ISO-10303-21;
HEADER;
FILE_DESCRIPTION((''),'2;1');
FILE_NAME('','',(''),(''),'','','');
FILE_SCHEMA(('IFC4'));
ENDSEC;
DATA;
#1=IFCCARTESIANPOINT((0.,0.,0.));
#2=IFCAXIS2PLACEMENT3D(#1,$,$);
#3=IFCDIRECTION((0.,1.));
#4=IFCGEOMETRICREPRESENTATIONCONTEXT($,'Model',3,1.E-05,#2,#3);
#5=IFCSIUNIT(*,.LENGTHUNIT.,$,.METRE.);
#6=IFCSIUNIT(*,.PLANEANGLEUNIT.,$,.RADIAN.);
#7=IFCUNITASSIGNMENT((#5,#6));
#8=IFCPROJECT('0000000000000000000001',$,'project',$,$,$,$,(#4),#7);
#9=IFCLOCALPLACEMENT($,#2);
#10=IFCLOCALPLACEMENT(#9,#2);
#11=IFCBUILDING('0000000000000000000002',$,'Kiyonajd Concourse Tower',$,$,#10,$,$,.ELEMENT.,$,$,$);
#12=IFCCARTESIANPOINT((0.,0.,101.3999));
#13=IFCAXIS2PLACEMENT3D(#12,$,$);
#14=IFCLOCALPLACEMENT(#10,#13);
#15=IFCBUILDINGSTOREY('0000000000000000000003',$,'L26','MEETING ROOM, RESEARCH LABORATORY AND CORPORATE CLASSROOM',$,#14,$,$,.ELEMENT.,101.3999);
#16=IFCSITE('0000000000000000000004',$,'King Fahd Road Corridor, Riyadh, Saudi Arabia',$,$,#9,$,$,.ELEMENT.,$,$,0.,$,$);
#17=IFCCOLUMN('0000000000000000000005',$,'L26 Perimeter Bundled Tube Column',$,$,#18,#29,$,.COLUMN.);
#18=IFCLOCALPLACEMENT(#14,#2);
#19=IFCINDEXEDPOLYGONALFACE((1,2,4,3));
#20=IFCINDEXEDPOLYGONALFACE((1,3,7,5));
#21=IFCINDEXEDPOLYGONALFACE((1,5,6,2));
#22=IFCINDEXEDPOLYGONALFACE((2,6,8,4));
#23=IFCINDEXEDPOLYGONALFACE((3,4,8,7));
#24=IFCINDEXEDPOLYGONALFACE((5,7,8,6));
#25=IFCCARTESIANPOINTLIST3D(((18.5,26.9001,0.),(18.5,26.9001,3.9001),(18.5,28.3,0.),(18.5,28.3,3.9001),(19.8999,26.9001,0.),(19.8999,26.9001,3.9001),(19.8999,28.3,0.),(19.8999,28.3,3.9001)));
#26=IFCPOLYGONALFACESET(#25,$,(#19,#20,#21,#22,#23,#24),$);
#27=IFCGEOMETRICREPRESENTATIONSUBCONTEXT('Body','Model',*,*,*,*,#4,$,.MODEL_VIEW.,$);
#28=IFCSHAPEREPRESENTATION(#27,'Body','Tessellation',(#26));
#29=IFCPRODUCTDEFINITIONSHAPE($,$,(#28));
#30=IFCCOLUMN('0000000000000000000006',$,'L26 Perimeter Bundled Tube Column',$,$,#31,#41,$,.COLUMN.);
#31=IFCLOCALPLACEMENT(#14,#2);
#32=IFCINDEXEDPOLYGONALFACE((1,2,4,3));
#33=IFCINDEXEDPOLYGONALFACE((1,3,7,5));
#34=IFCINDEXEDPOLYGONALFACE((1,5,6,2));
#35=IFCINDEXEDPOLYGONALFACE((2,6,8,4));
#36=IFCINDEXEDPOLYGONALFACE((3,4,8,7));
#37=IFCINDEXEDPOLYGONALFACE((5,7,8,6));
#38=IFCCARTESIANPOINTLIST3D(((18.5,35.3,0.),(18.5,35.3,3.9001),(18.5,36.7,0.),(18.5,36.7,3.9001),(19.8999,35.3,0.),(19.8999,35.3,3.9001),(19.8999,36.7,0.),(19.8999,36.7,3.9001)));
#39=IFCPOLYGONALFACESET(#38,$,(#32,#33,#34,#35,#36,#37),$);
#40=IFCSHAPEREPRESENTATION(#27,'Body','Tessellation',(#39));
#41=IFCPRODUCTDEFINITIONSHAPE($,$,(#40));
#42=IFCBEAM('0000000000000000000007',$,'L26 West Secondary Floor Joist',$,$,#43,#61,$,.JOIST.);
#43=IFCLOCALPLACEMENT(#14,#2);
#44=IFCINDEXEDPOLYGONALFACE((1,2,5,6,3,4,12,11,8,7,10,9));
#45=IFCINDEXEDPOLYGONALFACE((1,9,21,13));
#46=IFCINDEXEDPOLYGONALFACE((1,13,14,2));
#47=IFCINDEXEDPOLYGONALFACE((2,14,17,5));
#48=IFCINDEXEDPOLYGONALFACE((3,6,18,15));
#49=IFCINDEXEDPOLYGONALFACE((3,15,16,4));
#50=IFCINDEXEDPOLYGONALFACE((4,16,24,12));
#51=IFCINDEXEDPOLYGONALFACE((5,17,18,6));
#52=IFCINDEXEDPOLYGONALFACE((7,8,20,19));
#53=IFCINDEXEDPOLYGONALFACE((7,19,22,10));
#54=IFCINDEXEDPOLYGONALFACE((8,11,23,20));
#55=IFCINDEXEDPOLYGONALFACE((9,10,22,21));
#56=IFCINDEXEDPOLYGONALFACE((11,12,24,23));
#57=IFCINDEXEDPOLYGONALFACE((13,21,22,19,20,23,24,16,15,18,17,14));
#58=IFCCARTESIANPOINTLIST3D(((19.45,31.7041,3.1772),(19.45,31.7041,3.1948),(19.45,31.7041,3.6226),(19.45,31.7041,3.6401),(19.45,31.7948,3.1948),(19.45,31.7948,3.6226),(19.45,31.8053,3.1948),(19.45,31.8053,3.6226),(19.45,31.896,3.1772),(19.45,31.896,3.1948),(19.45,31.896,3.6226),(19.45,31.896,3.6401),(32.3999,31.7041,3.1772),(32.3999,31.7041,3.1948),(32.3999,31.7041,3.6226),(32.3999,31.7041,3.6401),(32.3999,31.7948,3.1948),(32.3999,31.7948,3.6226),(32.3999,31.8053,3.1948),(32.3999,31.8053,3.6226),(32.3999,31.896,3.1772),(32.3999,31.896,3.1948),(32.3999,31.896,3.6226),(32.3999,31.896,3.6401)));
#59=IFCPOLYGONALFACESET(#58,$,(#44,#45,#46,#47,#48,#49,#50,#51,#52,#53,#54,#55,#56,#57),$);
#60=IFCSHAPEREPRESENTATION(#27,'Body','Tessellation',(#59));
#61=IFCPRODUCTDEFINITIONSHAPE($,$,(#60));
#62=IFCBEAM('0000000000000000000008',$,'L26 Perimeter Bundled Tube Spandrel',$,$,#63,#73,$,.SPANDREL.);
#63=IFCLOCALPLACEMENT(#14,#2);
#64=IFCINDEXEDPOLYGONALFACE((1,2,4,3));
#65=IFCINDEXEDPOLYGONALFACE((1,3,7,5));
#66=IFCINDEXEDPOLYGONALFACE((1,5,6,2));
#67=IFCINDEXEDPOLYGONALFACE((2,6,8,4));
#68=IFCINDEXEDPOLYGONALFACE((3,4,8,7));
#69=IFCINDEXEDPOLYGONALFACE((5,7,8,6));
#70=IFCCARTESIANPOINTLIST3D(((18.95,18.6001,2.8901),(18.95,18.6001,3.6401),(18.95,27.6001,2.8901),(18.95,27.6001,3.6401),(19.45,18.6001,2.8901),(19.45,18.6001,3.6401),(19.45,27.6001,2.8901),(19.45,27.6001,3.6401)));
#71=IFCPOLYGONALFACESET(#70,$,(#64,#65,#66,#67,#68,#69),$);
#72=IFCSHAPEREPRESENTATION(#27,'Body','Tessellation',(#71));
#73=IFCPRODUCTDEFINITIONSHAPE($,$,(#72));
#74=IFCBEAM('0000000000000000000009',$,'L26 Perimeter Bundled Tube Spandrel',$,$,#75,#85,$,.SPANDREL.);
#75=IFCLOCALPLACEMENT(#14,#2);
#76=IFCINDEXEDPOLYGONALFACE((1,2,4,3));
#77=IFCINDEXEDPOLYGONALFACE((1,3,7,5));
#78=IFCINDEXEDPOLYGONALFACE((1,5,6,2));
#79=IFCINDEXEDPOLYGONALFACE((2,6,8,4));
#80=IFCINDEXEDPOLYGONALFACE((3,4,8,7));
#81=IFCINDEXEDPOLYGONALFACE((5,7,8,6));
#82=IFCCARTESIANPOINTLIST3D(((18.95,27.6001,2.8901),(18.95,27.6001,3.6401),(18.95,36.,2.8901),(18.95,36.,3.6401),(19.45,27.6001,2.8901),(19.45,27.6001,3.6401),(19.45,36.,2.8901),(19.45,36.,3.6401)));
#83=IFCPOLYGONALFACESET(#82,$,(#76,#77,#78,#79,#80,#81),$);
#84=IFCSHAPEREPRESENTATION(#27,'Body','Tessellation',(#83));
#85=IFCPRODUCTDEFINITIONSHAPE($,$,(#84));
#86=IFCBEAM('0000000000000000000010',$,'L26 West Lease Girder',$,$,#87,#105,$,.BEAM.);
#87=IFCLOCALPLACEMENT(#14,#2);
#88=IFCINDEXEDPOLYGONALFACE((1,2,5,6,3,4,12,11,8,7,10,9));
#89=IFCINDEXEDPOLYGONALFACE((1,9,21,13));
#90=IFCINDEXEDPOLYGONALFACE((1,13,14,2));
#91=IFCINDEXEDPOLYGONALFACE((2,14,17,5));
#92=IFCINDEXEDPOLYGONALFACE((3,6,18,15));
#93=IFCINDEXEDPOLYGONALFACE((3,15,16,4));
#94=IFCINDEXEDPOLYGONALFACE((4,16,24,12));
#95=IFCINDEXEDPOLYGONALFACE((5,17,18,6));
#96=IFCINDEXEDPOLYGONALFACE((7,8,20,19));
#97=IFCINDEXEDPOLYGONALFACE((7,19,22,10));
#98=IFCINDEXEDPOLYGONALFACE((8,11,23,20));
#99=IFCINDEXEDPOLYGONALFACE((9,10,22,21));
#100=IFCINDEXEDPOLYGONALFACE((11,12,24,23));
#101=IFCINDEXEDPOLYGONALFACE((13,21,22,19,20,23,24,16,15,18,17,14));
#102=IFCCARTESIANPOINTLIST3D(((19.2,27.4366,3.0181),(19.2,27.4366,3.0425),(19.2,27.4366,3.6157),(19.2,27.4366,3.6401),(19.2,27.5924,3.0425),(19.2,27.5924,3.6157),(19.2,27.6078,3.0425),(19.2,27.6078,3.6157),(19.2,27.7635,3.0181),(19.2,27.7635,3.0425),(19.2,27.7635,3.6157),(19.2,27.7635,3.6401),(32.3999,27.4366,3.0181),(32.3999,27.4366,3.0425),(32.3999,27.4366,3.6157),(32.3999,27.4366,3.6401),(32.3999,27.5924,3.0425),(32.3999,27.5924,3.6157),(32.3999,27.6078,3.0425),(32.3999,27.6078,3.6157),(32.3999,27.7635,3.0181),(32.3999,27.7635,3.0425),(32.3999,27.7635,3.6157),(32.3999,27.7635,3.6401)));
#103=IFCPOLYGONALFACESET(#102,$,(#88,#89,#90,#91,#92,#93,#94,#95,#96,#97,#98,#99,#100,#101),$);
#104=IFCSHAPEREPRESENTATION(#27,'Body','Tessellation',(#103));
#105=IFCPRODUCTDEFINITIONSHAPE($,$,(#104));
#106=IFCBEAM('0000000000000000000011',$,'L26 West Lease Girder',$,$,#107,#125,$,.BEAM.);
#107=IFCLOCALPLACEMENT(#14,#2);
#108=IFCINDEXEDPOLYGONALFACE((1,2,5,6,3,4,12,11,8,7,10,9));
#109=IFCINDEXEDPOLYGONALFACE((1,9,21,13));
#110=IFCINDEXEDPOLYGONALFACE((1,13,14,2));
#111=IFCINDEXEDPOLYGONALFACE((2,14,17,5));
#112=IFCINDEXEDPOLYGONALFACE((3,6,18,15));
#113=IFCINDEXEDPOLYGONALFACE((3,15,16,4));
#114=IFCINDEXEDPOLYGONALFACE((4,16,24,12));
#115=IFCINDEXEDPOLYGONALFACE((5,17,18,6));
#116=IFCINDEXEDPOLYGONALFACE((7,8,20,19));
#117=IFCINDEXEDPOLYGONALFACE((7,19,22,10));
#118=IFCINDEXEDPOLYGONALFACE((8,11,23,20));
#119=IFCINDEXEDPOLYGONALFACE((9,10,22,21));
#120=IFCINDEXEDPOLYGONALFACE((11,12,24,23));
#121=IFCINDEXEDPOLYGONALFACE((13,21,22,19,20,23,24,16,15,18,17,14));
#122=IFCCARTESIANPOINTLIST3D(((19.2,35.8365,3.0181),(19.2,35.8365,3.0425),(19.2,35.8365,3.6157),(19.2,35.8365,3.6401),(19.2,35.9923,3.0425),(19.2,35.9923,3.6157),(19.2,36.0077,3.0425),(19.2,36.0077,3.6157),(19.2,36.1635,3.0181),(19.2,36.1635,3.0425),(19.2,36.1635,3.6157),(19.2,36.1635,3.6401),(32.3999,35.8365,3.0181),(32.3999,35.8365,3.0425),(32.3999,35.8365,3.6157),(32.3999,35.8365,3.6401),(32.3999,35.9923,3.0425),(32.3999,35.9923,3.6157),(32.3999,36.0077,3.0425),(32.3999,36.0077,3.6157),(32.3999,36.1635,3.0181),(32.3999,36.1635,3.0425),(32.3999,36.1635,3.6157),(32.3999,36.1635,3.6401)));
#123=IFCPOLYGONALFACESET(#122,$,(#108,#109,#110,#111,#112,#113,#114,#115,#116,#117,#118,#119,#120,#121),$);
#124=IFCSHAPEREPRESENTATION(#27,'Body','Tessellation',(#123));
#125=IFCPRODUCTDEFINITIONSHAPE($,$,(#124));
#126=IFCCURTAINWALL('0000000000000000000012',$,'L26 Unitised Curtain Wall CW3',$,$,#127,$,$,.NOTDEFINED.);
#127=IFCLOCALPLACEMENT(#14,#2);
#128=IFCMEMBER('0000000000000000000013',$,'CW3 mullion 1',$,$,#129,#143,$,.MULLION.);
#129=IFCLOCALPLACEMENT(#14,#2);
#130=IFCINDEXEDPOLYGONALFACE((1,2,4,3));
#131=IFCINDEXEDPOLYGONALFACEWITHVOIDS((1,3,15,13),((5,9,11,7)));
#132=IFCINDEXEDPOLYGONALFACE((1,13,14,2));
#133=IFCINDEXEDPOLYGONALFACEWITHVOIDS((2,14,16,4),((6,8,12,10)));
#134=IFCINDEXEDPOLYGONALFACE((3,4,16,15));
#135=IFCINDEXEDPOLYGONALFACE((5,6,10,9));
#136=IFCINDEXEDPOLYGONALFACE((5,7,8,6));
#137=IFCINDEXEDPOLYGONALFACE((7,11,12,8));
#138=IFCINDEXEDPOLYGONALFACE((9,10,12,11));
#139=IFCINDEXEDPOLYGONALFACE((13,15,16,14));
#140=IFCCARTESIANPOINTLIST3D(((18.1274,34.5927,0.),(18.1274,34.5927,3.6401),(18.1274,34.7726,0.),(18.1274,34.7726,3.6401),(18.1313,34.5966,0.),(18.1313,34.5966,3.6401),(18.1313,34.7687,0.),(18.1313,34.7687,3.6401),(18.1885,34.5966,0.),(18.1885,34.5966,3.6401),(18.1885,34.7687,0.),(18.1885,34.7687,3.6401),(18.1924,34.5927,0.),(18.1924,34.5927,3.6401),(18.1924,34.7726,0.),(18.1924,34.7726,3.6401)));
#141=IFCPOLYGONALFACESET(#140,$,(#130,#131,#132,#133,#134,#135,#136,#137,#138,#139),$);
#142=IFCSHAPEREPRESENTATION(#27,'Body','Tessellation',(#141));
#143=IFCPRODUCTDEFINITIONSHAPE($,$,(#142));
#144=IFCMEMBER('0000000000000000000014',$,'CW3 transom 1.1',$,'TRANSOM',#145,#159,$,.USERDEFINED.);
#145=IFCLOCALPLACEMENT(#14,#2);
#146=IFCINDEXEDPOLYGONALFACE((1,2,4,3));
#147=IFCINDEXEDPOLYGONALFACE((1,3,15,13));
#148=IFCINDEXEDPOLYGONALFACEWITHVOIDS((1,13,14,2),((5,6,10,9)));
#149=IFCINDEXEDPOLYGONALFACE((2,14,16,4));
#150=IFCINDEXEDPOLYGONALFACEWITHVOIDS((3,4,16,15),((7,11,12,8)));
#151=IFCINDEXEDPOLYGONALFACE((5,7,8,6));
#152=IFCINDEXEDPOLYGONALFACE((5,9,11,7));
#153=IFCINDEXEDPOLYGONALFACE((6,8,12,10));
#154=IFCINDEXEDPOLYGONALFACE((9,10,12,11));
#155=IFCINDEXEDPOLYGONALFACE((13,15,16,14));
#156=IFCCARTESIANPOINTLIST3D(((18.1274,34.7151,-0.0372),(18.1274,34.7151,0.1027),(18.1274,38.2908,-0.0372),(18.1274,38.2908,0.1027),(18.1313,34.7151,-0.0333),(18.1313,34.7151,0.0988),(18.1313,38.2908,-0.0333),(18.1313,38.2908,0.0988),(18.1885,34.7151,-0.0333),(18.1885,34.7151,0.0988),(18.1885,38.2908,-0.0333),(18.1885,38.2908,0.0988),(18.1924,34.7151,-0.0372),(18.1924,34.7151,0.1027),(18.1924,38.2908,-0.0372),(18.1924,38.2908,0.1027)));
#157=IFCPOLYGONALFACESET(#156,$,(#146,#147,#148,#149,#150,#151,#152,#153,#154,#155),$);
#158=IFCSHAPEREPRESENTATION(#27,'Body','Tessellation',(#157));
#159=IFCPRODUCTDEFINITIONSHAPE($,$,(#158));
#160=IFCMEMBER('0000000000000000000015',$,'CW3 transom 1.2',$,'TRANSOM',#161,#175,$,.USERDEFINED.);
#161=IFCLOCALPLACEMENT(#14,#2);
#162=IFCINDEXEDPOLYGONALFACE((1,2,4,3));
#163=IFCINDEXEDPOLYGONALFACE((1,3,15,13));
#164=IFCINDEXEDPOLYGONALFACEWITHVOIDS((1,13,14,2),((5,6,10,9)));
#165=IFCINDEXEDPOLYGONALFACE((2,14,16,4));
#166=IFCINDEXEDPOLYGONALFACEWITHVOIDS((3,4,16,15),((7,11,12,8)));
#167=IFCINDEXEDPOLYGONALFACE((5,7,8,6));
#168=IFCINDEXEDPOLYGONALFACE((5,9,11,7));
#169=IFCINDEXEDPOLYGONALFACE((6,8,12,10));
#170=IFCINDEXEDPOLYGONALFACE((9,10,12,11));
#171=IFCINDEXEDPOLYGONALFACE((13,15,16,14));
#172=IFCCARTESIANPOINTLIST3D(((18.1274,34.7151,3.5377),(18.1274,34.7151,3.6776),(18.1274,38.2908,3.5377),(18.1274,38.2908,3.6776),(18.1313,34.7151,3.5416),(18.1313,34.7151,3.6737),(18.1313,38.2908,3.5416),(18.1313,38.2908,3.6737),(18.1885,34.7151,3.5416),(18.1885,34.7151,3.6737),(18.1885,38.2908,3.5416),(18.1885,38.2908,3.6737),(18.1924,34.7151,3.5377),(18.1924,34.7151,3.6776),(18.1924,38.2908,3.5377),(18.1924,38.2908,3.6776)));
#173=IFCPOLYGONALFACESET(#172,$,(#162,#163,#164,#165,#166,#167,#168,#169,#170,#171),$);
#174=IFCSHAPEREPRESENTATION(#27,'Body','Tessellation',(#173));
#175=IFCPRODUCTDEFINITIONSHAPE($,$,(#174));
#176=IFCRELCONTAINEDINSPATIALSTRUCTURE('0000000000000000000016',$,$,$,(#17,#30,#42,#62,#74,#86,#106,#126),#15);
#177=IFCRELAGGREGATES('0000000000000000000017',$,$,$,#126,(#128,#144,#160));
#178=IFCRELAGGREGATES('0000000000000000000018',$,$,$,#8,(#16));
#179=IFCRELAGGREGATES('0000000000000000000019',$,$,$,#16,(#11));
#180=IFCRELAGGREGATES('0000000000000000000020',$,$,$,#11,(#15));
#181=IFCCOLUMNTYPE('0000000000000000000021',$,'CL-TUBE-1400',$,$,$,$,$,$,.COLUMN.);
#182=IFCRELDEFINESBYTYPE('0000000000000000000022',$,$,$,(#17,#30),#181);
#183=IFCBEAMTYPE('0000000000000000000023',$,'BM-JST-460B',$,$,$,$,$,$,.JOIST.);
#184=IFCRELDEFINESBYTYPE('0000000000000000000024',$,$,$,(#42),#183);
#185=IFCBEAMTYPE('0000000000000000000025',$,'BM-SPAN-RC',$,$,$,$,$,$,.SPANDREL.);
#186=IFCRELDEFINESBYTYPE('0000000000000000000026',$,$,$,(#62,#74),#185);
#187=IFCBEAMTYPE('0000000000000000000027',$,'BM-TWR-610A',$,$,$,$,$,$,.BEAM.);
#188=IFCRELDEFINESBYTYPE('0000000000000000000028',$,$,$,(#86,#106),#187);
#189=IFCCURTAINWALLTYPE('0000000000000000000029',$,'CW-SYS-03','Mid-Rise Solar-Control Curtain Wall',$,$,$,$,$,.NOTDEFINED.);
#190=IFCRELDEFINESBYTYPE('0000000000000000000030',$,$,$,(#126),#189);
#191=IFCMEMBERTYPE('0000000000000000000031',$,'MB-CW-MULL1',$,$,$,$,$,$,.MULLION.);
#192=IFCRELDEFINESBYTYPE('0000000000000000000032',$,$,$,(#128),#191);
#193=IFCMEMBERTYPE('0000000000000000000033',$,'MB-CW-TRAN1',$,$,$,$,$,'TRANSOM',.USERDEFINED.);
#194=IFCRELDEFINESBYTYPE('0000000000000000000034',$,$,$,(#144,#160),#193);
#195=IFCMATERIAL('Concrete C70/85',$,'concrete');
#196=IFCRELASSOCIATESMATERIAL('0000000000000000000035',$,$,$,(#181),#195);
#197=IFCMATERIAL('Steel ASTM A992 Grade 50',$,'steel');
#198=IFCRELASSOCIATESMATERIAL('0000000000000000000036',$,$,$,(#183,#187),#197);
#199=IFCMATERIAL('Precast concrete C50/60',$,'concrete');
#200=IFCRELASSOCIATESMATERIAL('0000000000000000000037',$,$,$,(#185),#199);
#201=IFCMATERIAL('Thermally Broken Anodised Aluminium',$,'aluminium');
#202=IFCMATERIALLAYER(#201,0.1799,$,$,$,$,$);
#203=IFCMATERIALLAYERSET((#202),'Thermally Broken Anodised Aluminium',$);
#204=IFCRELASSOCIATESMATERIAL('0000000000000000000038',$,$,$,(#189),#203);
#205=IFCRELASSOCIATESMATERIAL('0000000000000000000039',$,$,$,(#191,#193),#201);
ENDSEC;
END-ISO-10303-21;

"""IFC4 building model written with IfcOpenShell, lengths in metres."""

from ifc_helpers import new_model, si_unit, direction, frame, origin, origin_2d, place, context, subcontext, project, spatial, rectangle, hollow_rectangle, i_section, extrude, material, layer, layer_set, material_profile, profile_set, type_object, element, aggregate, save


model = new_model("IFC4")

# Units and contexts
model_context = context("Model", 3, precision=1e-05, world=origin(), true_north=direction((0.0, 1.0)))
body_context = subcontext(model_context, "Body", "Model", "MODEL_VIEW")
ifc_project = project(units=[si_unit("LENGTHUNIT", "METRE"), si_unit("PLANEANGLEUNIT", "RADIAN")], contexts=[model_context])

# Site, building, storey
site_placement = place(None, origin())
site = spatial("IfcSite", under=ifc_project, at=site_placement, Name="King Fahd Road Corridor, Riyadh, Saudi Arabia", CompositionType="ELEMENT", RefElevation=0.0)
building_placement = place(site_placement, origin())
building = spatial("IfcBuilding", under=site, at=building_placement, Name="Kiyonajd Concourse Tower", CompositionType="ELEMENT")
storey_placement = place(building_placement, frame((0.0, 0.0, 101.3999)))
storey = spatial("IfcBuildingStorey", under=building, at=storey_placement, Name="L26", Description="MEETING ROOM, RESEARCH LABORATORY AND CORPORATE CLASSROOM", CompositionType="ELEMENT", Elevation=101.3999)

# Columns
ifc_material_1 = material(Name="Concrete C70/85", Category="concrete")
ifc_material_profile_1 = material_profile(ifc_material_1, rectangle(XDim=1.3999, YDim=1.3999, at=origin_2d()), Name="RC-1400x1400")
ifc_profile_set_1 = profile_set([ifc_material_profile_1], Name="Concrete C70/85")
column_type = type_object("IfcColumnType", Name="CL-TUBE-1400", PredefinedType="COLUMN", material=ifc_profile_set_1)
for number, where, z_axis, x_axis, name in (
    (1, (19.2, 27.6001, 0.0), (0.0, 0.0, 1.0), (1.0, 0.0, 0.0), "L26 Perimeter Bundled Tube Column"),
    (2, (19.2, 36.0, 0.0), (0.0, 0.0, 1.0), (1.0, 0.0, 0.0), "L26 Perimeter Bundled Tube Column"),
):
    element("IfcColumn", number, at=place(storey_placement, frame(where, z_axis=z_axis, x_axis=x_axis)), inside=storey, type_object=column_type, Name=name, PredefinedType="COLUMN", context=body_context, shape_type="SweptSolid", body=[
        extrude(rectangle(XDim=1.3999, YDim=1.3999, at=origin_2d()), origin(), (0.0, 0.0, 1.0), 3.9001),
    ])

# Beams
ifc_material_2 = material(Name="Steel ASTM A992 Grade 50", Category="steel")
ifc_material_profile_2 = material_profile(ifc_material_2, i_section(OverallWidth=0.1919, OverallDepth=0.4629, WebThickness=0.0105, FlangeThickness=0.0176, at=origin_2d()), Name="W460X89")
ifc_profile_set_2 = profile_set([ifc_material_profile_2], Name="Steel ASTM A992 Grade 50")
beam_type_1 = type_object("IfcBeamType", Name="BM-JST-460B", PredefinedType="JOIST", material=ifc_profile_set_2)
beam_1_placement = place(storey_placement, frame((19.45, 31.8, 3.4087), z_axis=(1.0, 0.0, 0.0), x_axis=(0.0, 1.0, 0.0)))
element("IfcBeam", 3, at=beam_1_placement, inside=storey, type_object=beam_type_1, Name="L26 West Secondary Floor Joist", PredefinedType="JOIST", context=body_context, shape_type="SweptSolid", body=[
    extrude(i_section(OverallWidth=0.1919, OverallDepth=0.4629, WebThickness=0.0105, FlangeThickness=0.0176, at=origin_2d()), origin(), (0.0, 0.0, 1.0), 12.95),
])
ifc_material_3 = material(Name="Precast concrete C50/60", Category="concrete")
ifc_material_profile_3 = material_profile(ifc_material_3, rectangle(XDim=0.5, YDim=0.75, at=origin_2d()), Name="RCBM-500x750")
ifc_profile_set_3 = profile_set([ifc_material_profile_3], Name="Precast concrete C50/60")
beam_type_2 = type_object("IfcBeamType", Name="BM-SPAN-RC", PredefinedType="SPANDREL", material=ifc_profile_set_3)
beam_2_placement = place(storey_placement, frame((19.2, 27.6001, 3.2651), z_axis=(0.0, -1.0, 0.0), x_axis=(1.0, 0.0, 0.0)))
element("IfcBeam", 4, at=beam_2_placement, inside=storey, type_object=beam_type_2, Name="L26 Perimeter Bundled Tube Spandrel", PredefinedType="SPANDREL", context=body_context, shape_type="SweptSolid", body=[
    extrude(rectangle(XDim=0.5, YDim=0.75, at=origin_2d()), origin(), (0.0, 0.0, 1.0), 9.0),
])
beam_3_placement = place(storey_placement, frame((19.2, 36.0, 3.2651), z_axis=(0.0, -1.0, 0.0), x_axis=(1.0, 0.0, 0.0)))
element("IfcBeam", 5, at=beam_3_placement, inside=storey, type_object=beam_type_2, Name="L26 Perimeter Bundled Tube Spandrel", PredefinedType="SPANDREL", context=body_context, shape_type="SweptSolid", body=[
    extrude(rectangle(XDim=0.5, YDim=0.75, at=origin_2d()), origin(), (0.0, 0.0, 1.0), 8.3999),
])
ifc_material_profile_4 = material_profile(ifc_material_2, i_section(OverallWidth=0.3269, OverallDepth=0.6221, WebThickness=0.0154, FlangeThickness=0.0244, at=origin_2d()), Name="W610X195")
ifc_profile_set_4 = profile_set([ifc_material_profile_4], Name="Steel ASTM A992 Grade 50")
beam_type_3 = type_object("IfcBeamType", Name="BM-TWR-610A", PredefinedType="BEAM", material=ifc_profile_set_4)
for number, where, z_axis, x_axis, name in (
    (6, (19.2, 27.6001, 3.3291), (1.0, 0.0, 0.0), (0.0, 1.0, 0.0), "L26 West Lease Girder"),
    (7, (19.2, 36.0, 3.3291), (1.0, 0.0, 0.0), (0.0, 1.0, 0.0), "L26 West Lease Girder"),
):
    element("IfcBeam", number, at=place(storey_placement, frame(where, z_axis=z_axis, x_axis=x_axis)), inside=storey, type_object=beam_type_3, Name=name, PredefinedType="BEAM", context=body_context, shape_type="SweptSolid", body=[
        extrude(i_section(OverallWidth=0.3269, OverallDepth=0.6221, WebThickness=0.0154, FlangeThickness=0.0244, at=origin_2d()), origin(), (0.0, 0.0, 1.0), 13.2),
    ])

# Curtain wall, members
ifc_material_4 = material(Name="Thermally Broken Anodised Aluminium", Category="aluminium")
ifc_layer_1 = layer(ifc_material_4, 0.1799)
ifc_layer_set_1 = layer_set([ifc_layer_1], Name="Thermally Broken Anodised Aluminium")
curtain_wall_type = type_object("IfcCurtainWallType", Name="CW-SYS-03", Description="Mid-Rise Solar-Control Curtain Wall", PredefinedType="NOTDEFINED", material=ifc_layer_set_1)
curtain_wall_placement = place(storey_placement, origin())
curtain_wall = element("IfcCurtainWall", 8, at=curtain_wall_placement, inside=storey, type_object=curtain_wall_type, Name="L26 Unitised Curtain Wall CW3", PredefinedType="NOTDEFINED")
ifc_material_profile_5 = material_profile(ifc_material_4, hollow_rectangle(XDim=0.0649, YDim=0.1799, WallThickness=0.0039, at=origin_2d()), Name="MULL-65x180")
ifc_profile_set_5 = profile_set([ifc_material_profile_5], Name="Thermally Broken Anodised Aluminium")
member_type_1 = type_object("IfcMemberType", Name="MB-CW-MULL1", PredefinedType="MULLION", material=ifc_profile_set_5)
member_1_placement = place(storey_placement, frame((18.1599, 34.6826, 0.0), z_axis=(0.0, 0.0, 1.0), x_axis=(-1.0, 0.0, 0.0)))
member_1 = element("IfcMember", 9, at=member_1_placement, type_object=member_type_1, Name="CW3 mullion 1", PredefinedType="MULLION", context=body_context, shape_type="SweptSolid", body=[
    extrude(hollow_rectangle(XDim=0.0649, YDim=0.1799, WallThickness=0.0039, at=origin_2d()), origin(), (0.0, 0.0, 1.0), 3.6401),
])
ifc_material_profile_6 = material_profile(ifc_material_4, hollow_rectangle(XDim=0.0649, YDim=0.1399, WallThickness=0.0039, at=origin_2d()), Name="TRAN-65x140")
ifc_profile_set_6 = profile_set([ifc_material_profile_6], Name="Thermally Broken Anodised Aluminium")
member_type_2 = type_object("IfcMemberType", Name="MB-CW-TRAN1", ElementType="TRANSOM", PredefinedType="USERDEFINED", material=ifc_profile_set_6)
member_2_placement = place(storey_placement, frame((18.1599, 34.7151, 0.0327), z_axis=(0.0, 1.0, 0.0), x_axis=(-1.0, 0.0, 0.0)))
member_2 = element("IfcMember", 10, at=member_2_placement, type_object=member_type_2, Name="CW3 transom 1.1", ObjectType="TRANSOM", PredefinedType="USERDEFINED", context=body_context, shape_type="SweptSolid", body=[
    extrude(hollow_rectangle(XDim=0.0649, YDim=0.1399, WallThickness=0.0039, at=origin_2d()), origin(), (0.0, 0.0, 1.0), 3.5757),
])
member_3_placement = place(storey_placement, frame((18.1599, 34.7151, 3.6077), z_axis=(0.0, 1.0, 0.0), x_axis=(-1.0, 0.0, 0.0)))
member_3 = element("IfcMember", 11, at=member_3_placement, type_object=member_type_2, Name="CW3 transom 1.2", ObjectType="TRANSOM", PredefinedType="USERDEFINED", context=body_context, shape_type="SweptSolid", body=[
    extrude(hollow_rectangle(XDim=0.0649, YDim=0.1399, WallThickness=0.0039, at=origin_2d()), origin(), (0.0, 0.0, 1.0), 3.5757),
])

aggregate(curtain_wall, [member_1, member_2, member_3])

save(model, "model.ifc")
